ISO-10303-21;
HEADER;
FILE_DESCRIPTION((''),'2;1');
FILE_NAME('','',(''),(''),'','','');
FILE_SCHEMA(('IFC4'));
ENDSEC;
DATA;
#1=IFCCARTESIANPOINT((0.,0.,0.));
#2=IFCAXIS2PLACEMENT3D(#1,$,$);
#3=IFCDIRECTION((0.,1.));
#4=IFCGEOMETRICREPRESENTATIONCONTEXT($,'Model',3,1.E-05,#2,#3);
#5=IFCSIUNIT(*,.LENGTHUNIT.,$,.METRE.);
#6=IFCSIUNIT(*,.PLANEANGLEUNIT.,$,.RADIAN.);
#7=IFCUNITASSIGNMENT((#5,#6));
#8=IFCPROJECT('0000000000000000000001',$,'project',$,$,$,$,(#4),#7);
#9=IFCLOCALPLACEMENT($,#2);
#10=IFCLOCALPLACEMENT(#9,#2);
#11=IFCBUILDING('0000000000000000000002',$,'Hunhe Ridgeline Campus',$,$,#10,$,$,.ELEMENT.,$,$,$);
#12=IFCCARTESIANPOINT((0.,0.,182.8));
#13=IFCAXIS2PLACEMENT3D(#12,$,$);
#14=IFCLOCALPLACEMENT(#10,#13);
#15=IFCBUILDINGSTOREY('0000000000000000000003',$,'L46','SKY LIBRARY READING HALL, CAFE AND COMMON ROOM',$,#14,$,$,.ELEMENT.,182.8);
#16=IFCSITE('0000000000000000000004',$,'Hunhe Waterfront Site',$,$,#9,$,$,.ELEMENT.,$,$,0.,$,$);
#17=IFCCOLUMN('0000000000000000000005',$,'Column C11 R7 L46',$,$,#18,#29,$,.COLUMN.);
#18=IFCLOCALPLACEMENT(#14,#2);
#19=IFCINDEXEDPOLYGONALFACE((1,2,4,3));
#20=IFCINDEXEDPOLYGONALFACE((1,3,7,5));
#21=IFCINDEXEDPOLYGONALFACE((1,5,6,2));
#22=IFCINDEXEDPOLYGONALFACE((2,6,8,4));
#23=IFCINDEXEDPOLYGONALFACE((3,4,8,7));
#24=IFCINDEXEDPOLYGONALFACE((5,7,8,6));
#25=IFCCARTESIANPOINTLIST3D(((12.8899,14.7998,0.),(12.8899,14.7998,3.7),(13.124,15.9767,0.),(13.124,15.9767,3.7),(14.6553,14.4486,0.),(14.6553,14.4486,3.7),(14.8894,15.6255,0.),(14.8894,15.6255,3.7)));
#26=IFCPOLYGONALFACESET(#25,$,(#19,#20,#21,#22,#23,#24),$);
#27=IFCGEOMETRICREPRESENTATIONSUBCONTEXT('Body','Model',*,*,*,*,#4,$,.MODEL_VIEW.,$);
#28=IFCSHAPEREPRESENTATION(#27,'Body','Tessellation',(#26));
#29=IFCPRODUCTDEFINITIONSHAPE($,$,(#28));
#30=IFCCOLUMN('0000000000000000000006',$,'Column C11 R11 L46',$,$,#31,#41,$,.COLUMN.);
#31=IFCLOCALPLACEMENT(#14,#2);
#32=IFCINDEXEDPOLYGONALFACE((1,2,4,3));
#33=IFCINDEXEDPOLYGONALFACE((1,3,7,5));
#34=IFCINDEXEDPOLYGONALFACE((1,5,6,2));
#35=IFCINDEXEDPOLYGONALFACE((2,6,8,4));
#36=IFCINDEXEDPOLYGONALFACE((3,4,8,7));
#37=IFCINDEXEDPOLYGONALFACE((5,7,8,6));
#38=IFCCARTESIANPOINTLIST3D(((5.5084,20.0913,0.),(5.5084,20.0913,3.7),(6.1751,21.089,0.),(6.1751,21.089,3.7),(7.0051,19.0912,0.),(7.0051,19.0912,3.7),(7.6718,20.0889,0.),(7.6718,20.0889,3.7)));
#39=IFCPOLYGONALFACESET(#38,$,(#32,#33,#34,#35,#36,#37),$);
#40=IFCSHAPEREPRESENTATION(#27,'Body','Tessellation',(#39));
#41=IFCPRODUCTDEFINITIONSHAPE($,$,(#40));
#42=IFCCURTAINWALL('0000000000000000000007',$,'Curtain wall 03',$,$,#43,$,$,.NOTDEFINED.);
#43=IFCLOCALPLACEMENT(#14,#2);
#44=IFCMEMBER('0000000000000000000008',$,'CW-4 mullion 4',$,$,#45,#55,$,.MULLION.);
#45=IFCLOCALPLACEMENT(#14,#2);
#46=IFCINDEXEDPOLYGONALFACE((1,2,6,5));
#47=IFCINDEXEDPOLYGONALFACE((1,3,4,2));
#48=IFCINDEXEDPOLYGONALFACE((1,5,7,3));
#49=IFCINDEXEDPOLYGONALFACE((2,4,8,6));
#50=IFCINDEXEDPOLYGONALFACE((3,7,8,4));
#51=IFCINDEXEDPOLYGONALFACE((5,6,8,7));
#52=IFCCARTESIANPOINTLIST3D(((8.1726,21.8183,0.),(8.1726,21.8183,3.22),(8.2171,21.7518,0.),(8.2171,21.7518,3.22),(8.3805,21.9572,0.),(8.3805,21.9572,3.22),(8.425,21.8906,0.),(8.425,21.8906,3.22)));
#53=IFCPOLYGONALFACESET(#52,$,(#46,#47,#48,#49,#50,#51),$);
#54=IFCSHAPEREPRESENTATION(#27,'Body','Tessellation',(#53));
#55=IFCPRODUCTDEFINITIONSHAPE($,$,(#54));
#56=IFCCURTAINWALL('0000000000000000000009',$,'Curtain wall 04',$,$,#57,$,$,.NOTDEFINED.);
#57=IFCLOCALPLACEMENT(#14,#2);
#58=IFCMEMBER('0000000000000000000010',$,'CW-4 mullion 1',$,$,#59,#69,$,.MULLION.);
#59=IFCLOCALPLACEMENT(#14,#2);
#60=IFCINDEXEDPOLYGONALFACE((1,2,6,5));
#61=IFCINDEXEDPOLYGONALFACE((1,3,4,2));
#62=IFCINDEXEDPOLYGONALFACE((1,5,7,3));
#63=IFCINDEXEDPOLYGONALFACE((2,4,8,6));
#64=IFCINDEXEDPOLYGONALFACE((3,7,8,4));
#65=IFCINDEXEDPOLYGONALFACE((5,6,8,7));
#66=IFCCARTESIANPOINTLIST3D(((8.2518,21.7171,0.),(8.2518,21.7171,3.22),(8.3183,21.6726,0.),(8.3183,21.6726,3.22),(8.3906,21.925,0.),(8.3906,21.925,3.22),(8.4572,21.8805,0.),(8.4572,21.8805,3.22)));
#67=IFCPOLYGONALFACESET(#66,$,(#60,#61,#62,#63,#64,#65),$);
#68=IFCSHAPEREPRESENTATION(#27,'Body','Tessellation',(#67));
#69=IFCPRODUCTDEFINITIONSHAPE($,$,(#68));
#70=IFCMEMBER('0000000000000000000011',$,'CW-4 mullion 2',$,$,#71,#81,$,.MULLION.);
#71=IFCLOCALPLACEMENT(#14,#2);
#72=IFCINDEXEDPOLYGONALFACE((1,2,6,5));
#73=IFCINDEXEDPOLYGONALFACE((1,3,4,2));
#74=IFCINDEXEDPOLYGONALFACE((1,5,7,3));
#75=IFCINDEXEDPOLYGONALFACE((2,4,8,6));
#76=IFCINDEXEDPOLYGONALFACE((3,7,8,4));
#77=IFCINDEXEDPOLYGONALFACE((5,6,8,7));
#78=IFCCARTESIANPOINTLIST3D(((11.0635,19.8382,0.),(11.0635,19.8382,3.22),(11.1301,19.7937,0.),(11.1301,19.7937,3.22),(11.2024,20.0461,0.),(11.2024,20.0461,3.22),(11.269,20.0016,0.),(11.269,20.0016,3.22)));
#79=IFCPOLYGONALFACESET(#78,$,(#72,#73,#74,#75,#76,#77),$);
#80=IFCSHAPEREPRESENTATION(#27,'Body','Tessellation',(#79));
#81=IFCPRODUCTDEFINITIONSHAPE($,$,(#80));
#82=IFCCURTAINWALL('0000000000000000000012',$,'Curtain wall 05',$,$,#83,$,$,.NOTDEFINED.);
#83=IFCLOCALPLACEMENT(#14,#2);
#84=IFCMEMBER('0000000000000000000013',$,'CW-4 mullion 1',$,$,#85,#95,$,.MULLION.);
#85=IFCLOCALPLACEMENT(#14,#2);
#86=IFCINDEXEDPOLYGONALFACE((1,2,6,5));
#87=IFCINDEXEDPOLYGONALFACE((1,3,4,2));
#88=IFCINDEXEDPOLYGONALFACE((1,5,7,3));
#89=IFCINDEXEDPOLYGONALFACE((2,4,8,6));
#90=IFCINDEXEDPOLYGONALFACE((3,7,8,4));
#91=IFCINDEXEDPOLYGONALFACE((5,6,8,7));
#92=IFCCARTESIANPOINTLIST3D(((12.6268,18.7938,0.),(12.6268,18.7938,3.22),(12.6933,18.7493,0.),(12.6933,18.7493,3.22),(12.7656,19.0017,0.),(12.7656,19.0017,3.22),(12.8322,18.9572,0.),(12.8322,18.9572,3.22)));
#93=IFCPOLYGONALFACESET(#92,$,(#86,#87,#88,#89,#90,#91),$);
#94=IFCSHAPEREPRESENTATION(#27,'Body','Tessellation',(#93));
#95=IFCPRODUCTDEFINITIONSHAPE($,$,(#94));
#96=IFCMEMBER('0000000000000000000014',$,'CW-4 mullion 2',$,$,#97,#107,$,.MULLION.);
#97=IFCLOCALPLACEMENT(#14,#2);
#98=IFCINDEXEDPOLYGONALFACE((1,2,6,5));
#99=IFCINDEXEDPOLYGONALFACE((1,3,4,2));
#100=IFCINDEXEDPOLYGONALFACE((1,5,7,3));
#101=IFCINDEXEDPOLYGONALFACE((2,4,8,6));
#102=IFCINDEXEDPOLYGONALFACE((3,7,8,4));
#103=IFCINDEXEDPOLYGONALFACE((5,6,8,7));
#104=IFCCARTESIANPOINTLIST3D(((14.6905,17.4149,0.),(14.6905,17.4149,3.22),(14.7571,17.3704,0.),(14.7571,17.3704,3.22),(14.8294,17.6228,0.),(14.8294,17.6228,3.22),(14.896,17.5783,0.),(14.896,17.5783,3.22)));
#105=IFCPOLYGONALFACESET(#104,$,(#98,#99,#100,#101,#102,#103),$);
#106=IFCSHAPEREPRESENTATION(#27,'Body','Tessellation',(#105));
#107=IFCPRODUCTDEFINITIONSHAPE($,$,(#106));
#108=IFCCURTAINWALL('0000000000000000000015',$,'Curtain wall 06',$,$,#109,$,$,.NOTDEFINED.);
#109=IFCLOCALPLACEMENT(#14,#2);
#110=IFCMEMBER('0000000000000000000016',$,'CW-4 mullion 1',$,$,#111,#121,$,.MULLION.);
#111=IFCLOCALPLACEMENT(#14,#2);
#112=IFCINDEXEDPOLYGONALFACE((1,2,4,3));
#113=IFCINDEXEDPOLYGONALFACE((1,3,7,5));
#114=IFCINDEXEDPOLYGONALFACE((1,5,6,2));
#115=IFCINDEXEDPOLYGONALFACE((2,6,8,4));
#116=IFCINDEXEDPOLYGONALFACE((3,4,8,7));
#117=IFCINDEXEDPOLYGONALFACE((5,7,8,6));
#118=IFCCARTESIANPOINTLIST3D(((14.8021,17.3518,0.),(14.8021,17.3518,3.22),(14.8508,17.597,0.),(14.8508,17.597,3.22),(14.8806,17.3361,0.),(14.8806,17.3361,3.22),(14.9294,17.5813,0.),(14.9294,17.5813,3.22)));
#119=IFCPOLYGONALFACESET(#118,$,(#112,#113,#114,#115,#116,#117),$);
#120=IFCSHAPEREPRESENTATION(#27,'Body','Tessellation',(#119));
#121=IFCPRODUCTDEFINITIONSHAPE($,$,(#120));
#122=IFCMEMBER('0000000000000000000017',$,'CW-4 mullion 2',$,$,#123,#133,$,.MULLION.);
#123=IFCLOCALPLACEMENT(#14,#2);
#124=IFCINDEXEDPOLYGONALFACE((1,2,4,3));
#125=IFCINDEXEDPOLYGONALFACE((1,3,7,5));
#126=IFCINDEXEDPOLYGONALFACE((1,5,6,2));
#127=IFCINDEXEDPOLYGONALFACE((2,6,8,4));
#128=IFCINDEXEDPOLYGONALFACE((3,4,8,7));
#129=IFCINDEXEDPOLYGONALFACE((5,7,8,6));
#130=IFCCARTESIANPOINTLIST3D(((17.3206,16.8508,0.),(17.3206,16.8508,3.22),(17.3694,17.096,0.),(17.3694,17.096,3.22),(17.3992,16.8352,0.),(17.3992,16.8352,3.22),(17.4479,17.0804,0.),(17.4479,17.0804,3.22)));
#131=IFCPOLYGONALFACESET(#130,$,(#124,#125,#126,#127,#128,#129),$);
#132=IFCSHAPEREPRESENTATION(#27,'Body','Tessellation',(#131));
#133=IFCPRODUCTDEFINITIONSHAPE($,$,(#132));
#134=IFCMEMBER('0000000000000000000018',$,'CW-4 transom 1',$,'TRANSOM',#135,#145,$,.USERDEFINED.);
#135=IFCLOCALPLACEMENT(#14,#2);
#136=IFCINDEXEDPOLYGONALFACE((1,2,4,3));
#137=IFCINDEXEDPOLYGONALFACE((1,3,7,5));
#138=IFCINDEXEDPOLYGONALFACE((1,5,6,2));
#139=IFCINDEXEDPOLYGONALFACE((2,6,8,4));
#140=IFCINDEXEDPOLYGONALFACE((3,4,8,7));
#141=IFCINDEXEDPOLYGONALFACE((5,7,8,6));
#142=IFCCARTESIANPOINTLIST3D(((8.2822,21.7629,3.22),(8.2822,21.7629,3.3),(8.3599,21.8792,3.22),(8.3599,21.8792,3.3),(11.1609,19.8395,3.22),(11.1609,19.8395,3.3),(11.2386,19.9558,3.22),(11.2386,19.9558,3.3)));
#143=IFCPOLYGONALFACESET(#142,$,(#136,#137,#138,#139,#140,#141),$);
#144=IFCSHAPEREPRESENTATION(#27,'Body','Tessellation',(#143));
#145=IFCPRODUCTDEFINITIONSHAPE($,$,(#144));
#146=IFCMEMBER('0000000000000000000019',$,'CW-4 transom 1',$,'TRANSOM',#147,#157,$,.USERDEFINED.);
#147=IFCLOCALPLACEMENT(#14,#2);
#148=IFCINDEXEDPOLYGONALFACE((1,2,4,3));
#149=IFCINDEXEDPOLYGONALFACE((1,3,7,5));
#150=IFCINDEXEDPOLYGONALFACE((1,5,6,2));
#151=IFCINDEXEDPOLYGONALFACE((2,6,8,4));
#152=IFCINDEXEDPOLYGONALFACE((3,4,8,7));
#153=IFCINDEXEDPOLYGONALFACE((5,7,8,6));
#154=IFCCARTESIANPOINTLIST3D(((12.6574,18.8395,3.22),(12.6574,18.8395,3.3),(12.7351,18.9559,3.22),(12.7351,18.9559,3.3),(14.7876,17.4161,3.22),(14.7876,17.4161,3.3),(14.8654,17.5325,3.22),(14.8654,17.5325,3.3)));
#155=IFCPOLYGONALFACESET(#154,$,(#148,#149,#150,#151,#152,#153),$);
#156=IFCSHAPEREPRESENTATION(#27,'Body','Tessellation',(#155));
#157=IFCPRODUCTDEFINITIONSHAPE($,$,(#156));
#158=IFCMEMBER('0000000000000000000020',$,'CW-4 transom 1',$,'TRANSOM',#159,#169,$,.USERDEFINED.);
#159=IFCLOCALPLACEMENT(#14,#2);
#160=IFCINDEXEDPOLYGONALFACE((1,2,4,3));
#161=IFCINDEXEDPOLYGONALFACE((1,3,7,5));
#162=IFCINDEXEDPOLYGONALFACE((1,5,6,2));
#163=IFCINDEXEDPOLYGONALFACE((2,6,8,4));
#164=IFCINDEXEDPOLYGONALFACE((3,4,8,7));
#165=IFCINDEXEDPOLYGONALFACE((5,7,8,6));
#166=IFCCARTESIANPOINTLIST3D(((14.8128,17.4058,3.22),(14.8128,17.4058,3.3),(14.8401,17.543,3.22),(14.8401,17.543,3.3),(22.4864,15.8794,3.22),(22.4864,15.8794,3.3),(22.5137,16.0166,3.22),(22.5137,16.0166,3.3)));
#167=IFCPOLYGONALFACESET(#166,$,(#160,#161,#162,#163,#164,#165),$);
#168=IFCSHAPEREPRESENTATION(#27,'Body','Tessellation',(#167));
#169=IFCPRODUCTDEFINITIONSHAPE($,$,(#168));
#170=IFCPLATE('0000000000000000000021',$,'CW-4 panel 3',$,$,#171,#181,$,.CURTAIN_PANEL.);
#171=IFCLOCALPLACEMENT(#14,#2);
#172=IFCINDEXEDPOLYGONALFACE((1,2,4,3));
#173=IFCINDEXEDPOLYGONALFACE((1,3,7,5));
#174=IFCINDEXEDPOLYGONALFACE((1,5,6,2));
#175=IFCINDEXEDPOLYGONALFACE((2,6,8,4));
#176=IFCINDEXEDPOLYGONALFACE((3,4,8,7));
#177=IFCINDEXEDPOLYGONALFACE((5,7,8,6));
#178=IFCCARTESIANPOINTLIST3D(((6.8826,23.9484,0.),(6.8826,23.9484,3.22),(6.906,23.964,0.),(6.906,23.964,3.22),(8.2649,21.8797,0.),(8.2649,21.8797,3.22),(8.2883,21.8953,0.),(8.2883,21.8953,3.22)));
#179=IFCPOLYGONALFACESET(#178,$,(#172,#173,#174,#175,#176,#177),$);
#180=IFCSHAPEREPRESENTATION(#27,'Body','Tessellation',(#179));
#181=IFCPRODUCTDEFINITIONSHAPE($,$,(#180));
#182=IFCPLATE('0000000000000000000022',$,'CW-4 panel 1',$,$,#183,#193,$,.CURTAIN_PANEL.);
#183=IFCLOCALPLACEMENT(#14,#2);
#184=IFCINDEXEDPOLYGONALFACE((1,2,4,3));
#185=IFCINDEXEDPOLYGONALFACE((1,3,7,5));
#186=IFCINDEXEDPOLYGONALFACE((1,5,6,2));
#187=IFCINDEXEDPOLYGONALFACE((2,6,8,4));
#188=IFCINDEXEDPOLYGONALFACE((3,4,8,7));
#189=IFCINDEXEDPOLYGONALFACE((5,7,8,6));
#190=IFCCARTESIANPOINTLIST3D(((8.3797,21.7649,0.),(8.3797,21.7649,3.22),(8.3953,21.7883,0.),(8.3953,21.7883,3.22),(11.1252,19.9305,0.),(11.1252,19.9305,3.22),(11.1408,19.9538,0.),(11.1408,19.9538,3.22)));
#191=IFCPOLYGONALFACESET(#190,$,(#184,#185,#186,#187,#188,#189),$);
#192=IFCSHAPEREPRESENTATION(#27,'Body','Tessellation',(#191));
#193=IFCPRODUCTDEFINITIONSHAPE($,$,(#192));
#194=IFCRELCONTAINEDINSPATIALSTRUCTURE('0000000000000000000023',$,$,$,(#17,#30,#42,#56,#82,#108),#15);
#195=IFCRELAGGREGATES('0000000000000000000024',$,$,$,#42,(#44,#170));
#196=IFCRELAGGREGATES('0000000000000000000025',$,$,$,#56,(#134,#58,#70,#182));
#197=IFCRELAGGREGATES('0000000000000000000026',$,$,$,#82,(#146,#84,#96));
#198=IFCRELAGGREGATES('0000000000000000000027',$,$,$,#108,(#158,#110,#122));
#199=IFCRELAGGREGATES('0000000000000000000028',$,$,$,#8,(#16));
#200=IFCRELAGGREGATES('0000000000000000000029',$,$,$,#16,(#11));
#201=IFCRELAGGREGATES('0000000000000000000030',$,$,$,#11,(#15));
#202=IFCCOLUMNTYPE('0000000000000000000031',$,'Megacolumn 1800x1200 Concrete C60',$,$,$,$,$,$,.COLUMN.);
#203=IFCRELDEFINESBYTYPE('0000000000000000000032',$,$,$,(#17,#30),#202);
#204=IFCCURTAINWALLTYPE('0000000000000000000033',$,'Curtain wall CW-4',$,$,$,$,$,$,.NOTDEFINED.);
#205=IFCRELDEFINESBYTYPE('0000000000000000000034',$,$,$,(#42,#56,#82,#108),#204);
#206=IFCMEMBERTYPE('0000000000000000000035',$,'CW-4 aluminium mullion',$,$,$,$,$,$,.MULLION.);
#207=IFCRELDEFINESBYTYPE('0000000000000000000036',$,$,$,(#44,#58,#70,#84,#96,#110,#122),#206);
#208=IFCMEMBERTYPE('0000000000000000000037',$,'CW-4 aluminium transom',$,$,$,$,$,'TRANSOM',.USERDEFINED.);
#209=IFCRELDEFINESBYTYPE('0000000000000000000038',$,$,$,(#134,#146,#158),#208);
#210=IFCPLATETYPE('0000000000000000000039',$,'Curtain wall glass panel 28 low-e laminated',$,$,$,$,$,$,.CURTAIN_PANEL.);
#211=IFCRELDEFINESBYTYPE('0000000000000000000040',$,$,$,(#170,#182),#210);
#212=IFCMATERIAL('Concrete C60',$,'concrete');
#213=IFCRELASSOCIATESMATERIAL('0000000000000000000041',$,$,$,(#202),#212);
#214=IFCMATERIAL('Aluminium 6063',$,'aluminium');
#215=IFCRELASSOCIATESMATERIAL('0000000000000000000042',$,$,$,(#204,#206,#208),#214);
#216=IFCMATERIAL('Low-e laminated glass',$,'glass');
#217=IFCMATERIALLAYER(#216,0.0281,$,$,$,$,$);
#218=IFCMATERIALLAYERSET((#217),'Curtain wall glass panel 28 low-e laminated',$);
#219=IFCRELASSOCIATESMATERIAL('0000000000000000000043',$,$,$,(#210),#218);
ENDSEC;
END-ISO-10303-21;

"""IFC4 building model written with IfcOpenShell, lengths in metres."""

from ifc_helpers import new_model, si_unit, direction, frame, origin, origin_2d, place, context, subcontext, project, spatial, rectangle, extrude, material, layer, layer_set, material_profile, profile_set, type_object, element, aggregate, save


model = new_model("IFC4")

# Units and contexts
model_context = context("Model", 3, precision=1e-05, world=origin(), true_north=direction((0.0, 1.0)))
body_context = subcontext(model_context, "Body", "Model", "MODEL_VIEW")
ifc_project = project(units=[si_unit("LENGTHUNIT", "METRE"), si_unit("PLANEANGLEUNIT", "RADIAN")], contexts=[model_context])

# Site, building, storey
site_placement = place(None, origin())
site = spatial("IfcSite", under=ifc_project, at=site_placement, Name="Hunhe Waterfront Site", CompositionType="ELEMENT", RefElevation=0.0)
building_placement = place(site_placement, origin())
building = spatial("IfcBuilding", under=site, at=building_placement, Name="Hunhe Ridgeline Campus", CompositionType="ELEMENT")
storey_placement = place(building_placement, frame((0.0, 0.0, 182.8)))
storey = spatial("IfcBuildingStorey", under=building, at=storey_placement, Name="L46", Description="SKY LIBRARY READING HALL, CAFE AND COMMON ROOM", CompositionType="ELEMENT", Elevation=182.8)

# Columns
ifc_material_1 = material(Name="Concrete C60", Category="concrete")
ifc_material_profile_1 = material_profile(ifc_material_1, rectangle(XDim=1.8, YDim=1.2, at=origin_2d()))
ifc_profile_set_1 = profile_set([ifc_material_profile_1], Name="Concrete C60")
column_type = type_object("IfcColumnType", Name="Megacolumn 1800x1200 Concrete C60", PredefinedType="COLUMN", material=ifc_profile_set_1)
for number, where, z_axis, x_axis, name in (
    (1, (13.8896, 15.2126, 0.0), (0.0, 0.0, 1.0), (-0.980785, 0.19509, 0.0), "Column C11 R7 L46"),
    (2, (6.5901, 20.0901, 0.0), (0.0, 0.0, 1.0), (-0.83147, 0.55557, 0.0), "Column C11 R11 L46"),
):
    element("IfcColumn", number, at=place(storey_placement, frame(where, z_axis=z_axis, x_axis=x_axis)), inside=storey, type_object=column_type, Name=name, PredefinedType="COLUMN", context=body_context, shape_type="SweptSolid", body=[
        extrude(rectangle(XDim=1.8, YDim=1.2, at=origin_2d()), origin(), (0.0, 0.0, 1.0), 3.7),
    ])

# Curtain wall, member
ifc_material_2 = material(Name="Aluminium 6063", Category="aluminium")
curtain_wall_type = type_object("IfcCurtainWallType", Name="Curtain wall CW-4", PredefinedType="NOTDEFINED", material=ifc_material_2)
curtain_wall_1_placement = place(storey_placement, origin())
curtain_wall_1 = element("IfcCurtainWall", 3, at=curtain_wall_1_placement, inside=storey, type_object=curtain_wall_type, Name="Curtain wall 03", PredefinedType="NOTDEFINED")
ifc_material_profile_2 = material_profile(ifc_material_2, rectangle(XDim=0.25, YDim=0.0801, at=origin_2d()))
ifc_profile_set_2 = profile_set([ifc_material_profile_2], Name="Aluminium 6063")
member_type_1 = type_object("IfcMemberType", Name="CW-4 aluminium mullion", PredefinedType="MULLION", material=ifc_profile_set_2)
member_1_placement = place(storey_placement, frame((8.2988, 21.8545, 0.0), z_axis=(0.0, 0.0, 1.0), x_axis=(0.83147, 0.55557, 0.0)))
member_1 = element("IfcMember", 4, at=member_1_placement, type_object=member_type_1, Name="CW-4 mullion 4", PredefinedType="MULLION", context=body_context, shape_type="SweptSolid", body=[
    extrude(rectangle(XDim=0.25, YDim=0.0801, at=origin_2d()), origin(), (0.0, 0.0, 1.0), 3.22),
])

# Curtain walls, members
curtain_wall_2_placement = place(storey_placement, origin())
curtain_wall_2 = element("IfcCurtainWall", 5, at=curtain_wall_2_placement, inside=storey, type_object=curtain_wall_type, Name="Curtain wall 04", PredefinedType="NOTDEFINED")
member_2_placement = place(storey_placement, frame((8.3545, 21.7988, 0.0), z_axis=(0.0, 0.0, 1.0), x_axis=(0.55557, 0.83147, 0.0)))
member_2 = element("IfcMember", 6, at=member_2_placement, type_object=member_type_1, Name="CW-4 mullion 1", PredefinedType="MULLION", context=body_context, shape_type="SweptSolid", body=[
    extrude(rectangle(XDim=0.25, YDim=0.0801, at=origin_2d()), origin(), (0.0, 0.0, 1.0), 3.22),
])
member_3_placement = place(storey_placement, frame((11.1663, 19.9199, 0.0), z_axis=(0.0, 0.0, 1.0), x_axis=(0.55557, 0.83147, 0.0)))
member_3 = element("IfcMember", 7, at=member_3_placement, type_object=member_type_1, Name="CW-4 mullion 2", PredefinedType="MULLION", context=body_context, shape_type="SweptSolid", body=[
    extrude(rectangle(XDim=0.25, YDim=0.0801, at=origin_2d()), origin(), (0.0, 0.0, 1.0), 3.22),
])
curtain_wall_3_placement = place(storey_placement, origin())
curtain_wall_3 = element("IfcCurtainWall", 8, at=curtain_wall_3_placement, inside=storey, type_object=curtain_wall_type, Name="Curtain wall 05", PredefinedType="NOTDEFINED")
member_4_placement = place(storey_placement, frame((12.7295, 18.8755, 0.0), z_axis=(0.0, 0.0, 1.0), x_axis=(0.55557, 0.83147, 0.0)))
member_4 = element("IfcMember", 9, at=member_4_placement, type_object=member_type_1, Name="CW-4 mullion 1", PredefinedType="MULLION", context=body_context, shape_type="SweptSolid", body=[
    extrude(rectangle(XDim=0.25, YDim=0.0801, at=origin_2d()), origin(), (0.0, 0.0, 1.0), 3.22),
])
member_5_placement = place(storey_placement, frame((14.7932, 17.4966, 0.0), z_axis=(0.0, 0.0, 1.0), x_axis=(0.55557, 0.83147, 0.0)))
member_5 = element("IfcMember", 10, at=member_5_placement, type_object=member_type_1, Name="CW-4 mullion 2", PredefinedType="MULLION", context=body_context, shape_type="SweptSolid", body=[
    extrude(rectangle(XDim=0.25, YDim=0.0801, at=origin_2d()), origin(), (0.0, 0.0, 1.0), 3.22),
])
curtain_wall_4_placement = place(storey_placement, origin())
curtain_wall_4 = element("IfcCurtainWall", 11, at=curtain_wall_4_placement, inside=storey, type_object=curtain_wall_type, Name="Curtain wall 06", PredefinedType="NOTDEFINED")
member_6_placement = place(storey_placement, frame((14.8657, 17.4666, 0.0), z_axis=(0.0, 0.0, 1.0), x_axis=(0.19509, 0.980785, 0.0)))
member_6 = element("IfcMember", 12, at=member_6_placement, type_object=member_type_1, Name="CW-4 mullion 1", PredefinedType="MULLION", context=body_context, shape_type="SweptSolid", body=[
    extrude(rectangle(XDim=0.25, YDim=0.0801, at=origin_2d()), origin(), (0.0, 0.0, 1.0), 3.22),
])
member_7_placement = place(storey_placement, frame((17.3843, 16.9656, 0.0), z_axis=(0.0, 0.0, 1.0), x_axis=(0.19509, 0.980785, 0.0)))
member_7 = element("IfcMember", 13, at=member_7_placement, type_object=member_type_1, Name="CW-4 mullion 2", PredefinedType="MULLION", context=body_context, shape_type="SweptSolid", body=[
    extrude(rectangle(XDim=0.25, YDim=0.0801, at=origin_2d()), origin(), (0.0, 0.0, 1.0), 3.22),
])

# Members
ifc_material_profile_3 = material_profile(ifc_material_2, rectangle(XDim=0.1399, YDim=0.0801, at=origin_2d()))
ifc_profile_set_3 = profile_set([ifc_material_profile_3], Name="Aluminium 6063")
member_type_2 = type_object("IfcMemberType", Name="CW-4 aluminium transom", ElementType="TRANSOM", PredefinedType="USERDEFINED", material=ifc_profile_set_3)
member_8_placement = place(storey_placement, frame((8.321, 21.821, 3.26), z_axis=(0.831486, -0.555546, 0.0), x_axis=(0.555546, 0.831486, 0.0)))
member_8 = element("IfcMember", 14, at=member_8_placement, type_object=member_type_2, Name="CW-4 transom 1", ObjectType="TRANSOM", PredefinedType="USERDEFINED", context=body_context, shape_type="SweptSolid", body=[
    extrude(rectangle(XDim=0.1399, YDim=0.0801, at=origin_2d()), origin(), (0.0, 0.0, 1.0), 3.4622),
])
member_9_placement = place(storey_placement, frame((12.6963, 18.8977, 3.26), z_axis=(0.831463, -0.55558, 0.0), x_axis=(0.55558, 0.831463, 0.0)))
member_9 = element("IfcMember", 15, at=member_9_placement, type_object=member_type_2, Name="CW-4 transom 1", ObjectType="TRANSOM", PredefinedType="USERDEFINED", context=body_context, shape_type="SweptSolid", body=[
    extrude(rectangle(XDim=0.1399, YDim=0.0801, at=origin_2d()), origin(), (0.0, 0.0, 1.0), 2.562),
])
member_10_placement = place(storey_placement, frame((14.8264, 17.4744, 3.26), z_axis=(0.980785, -0.19509, 0.0), x_axis=(0.19509, 0.980785, 0.0)))
member_10 = element("IfcMember", 16, at=member_10_placement, type_object=member_type_2, Name="CW-4 transom 1", ObjectType="TRANSOM", PredefinedType="USERDEFINED", context=body_context, shape_type="SweptSolid", body=[
    extrude(rectangle(XDim=0.1399, YDim=0.0801, at=origin_2d()), origin(), (0.0, 0.0, 1.0), 7.824),
])

# Plates
ifc_material_3 = material(Name="Low-e laminated glass", Category="glass")
ifc_layer_1 = layer(ifc_material_3, 0.0281)
ifc_layer_set_1 = layer_set([ifc_layer_1], Name="Curtain wall glass panel 28 low-e laminated")
plate_type = type_object("IfcPlateType", Name="Curtain wall glass panel 28 low-e laminated", PredefinedType="CURTAIN_PANEL", material=ifc_layer_set_1)
plate_1_placement = place(storey_placement, frame((7.5854, 22.9219, 0.0), z_axis=(0.0, 0.0, 1.0), x_axis=(0.55557, -0.83147, 0.0)))
plate_1 = element("IfcPlate", 17, at=plate_1_placement, type_object=plate_type, Name="CW-4 panel 3", PredefinedType="CURTAIN_PANEL", context=body_context, shape_type="SweptSolid", body=[
    extrude(rectangle(XDim=2.488, YDim=0.0281, at=origin_2d()), origin(), (0.0, 0.0, 1.0), 3.22),
])
aggregate(curtain_wall_1, [member_1, plate_1])
plate_2_placement = place(storey_placement, frame((9.7603, 20.8594, 0.0), z_axis=(0.0, 0.0, 1.0), x_axis=(0.83147, -0.55557, 0.0)))
plate_2 = element("IfcPlate", 18, at=plate_2_placement, type_object=plate_type, Name="CW-4 panel 1", PredefinedType="CURTAIN_PANEL", context=body_context, shape_type="SweptSolid", body=[
    extrude(rectangle(XDim=3.302, YDim=0.0281, at=origin_2d()), origin(), (0.0, 0.0, 1.0), 3.22),
])
aggregate(curtain_wall_2, [member_8, member_2, member_3, plate_2])
aggregate(curtain_wall_3, [member_9, member_4, member_5])
aggregate(curtain_wall_4, [member_10, member_6, member_7])

save(model, "model.ifc")
